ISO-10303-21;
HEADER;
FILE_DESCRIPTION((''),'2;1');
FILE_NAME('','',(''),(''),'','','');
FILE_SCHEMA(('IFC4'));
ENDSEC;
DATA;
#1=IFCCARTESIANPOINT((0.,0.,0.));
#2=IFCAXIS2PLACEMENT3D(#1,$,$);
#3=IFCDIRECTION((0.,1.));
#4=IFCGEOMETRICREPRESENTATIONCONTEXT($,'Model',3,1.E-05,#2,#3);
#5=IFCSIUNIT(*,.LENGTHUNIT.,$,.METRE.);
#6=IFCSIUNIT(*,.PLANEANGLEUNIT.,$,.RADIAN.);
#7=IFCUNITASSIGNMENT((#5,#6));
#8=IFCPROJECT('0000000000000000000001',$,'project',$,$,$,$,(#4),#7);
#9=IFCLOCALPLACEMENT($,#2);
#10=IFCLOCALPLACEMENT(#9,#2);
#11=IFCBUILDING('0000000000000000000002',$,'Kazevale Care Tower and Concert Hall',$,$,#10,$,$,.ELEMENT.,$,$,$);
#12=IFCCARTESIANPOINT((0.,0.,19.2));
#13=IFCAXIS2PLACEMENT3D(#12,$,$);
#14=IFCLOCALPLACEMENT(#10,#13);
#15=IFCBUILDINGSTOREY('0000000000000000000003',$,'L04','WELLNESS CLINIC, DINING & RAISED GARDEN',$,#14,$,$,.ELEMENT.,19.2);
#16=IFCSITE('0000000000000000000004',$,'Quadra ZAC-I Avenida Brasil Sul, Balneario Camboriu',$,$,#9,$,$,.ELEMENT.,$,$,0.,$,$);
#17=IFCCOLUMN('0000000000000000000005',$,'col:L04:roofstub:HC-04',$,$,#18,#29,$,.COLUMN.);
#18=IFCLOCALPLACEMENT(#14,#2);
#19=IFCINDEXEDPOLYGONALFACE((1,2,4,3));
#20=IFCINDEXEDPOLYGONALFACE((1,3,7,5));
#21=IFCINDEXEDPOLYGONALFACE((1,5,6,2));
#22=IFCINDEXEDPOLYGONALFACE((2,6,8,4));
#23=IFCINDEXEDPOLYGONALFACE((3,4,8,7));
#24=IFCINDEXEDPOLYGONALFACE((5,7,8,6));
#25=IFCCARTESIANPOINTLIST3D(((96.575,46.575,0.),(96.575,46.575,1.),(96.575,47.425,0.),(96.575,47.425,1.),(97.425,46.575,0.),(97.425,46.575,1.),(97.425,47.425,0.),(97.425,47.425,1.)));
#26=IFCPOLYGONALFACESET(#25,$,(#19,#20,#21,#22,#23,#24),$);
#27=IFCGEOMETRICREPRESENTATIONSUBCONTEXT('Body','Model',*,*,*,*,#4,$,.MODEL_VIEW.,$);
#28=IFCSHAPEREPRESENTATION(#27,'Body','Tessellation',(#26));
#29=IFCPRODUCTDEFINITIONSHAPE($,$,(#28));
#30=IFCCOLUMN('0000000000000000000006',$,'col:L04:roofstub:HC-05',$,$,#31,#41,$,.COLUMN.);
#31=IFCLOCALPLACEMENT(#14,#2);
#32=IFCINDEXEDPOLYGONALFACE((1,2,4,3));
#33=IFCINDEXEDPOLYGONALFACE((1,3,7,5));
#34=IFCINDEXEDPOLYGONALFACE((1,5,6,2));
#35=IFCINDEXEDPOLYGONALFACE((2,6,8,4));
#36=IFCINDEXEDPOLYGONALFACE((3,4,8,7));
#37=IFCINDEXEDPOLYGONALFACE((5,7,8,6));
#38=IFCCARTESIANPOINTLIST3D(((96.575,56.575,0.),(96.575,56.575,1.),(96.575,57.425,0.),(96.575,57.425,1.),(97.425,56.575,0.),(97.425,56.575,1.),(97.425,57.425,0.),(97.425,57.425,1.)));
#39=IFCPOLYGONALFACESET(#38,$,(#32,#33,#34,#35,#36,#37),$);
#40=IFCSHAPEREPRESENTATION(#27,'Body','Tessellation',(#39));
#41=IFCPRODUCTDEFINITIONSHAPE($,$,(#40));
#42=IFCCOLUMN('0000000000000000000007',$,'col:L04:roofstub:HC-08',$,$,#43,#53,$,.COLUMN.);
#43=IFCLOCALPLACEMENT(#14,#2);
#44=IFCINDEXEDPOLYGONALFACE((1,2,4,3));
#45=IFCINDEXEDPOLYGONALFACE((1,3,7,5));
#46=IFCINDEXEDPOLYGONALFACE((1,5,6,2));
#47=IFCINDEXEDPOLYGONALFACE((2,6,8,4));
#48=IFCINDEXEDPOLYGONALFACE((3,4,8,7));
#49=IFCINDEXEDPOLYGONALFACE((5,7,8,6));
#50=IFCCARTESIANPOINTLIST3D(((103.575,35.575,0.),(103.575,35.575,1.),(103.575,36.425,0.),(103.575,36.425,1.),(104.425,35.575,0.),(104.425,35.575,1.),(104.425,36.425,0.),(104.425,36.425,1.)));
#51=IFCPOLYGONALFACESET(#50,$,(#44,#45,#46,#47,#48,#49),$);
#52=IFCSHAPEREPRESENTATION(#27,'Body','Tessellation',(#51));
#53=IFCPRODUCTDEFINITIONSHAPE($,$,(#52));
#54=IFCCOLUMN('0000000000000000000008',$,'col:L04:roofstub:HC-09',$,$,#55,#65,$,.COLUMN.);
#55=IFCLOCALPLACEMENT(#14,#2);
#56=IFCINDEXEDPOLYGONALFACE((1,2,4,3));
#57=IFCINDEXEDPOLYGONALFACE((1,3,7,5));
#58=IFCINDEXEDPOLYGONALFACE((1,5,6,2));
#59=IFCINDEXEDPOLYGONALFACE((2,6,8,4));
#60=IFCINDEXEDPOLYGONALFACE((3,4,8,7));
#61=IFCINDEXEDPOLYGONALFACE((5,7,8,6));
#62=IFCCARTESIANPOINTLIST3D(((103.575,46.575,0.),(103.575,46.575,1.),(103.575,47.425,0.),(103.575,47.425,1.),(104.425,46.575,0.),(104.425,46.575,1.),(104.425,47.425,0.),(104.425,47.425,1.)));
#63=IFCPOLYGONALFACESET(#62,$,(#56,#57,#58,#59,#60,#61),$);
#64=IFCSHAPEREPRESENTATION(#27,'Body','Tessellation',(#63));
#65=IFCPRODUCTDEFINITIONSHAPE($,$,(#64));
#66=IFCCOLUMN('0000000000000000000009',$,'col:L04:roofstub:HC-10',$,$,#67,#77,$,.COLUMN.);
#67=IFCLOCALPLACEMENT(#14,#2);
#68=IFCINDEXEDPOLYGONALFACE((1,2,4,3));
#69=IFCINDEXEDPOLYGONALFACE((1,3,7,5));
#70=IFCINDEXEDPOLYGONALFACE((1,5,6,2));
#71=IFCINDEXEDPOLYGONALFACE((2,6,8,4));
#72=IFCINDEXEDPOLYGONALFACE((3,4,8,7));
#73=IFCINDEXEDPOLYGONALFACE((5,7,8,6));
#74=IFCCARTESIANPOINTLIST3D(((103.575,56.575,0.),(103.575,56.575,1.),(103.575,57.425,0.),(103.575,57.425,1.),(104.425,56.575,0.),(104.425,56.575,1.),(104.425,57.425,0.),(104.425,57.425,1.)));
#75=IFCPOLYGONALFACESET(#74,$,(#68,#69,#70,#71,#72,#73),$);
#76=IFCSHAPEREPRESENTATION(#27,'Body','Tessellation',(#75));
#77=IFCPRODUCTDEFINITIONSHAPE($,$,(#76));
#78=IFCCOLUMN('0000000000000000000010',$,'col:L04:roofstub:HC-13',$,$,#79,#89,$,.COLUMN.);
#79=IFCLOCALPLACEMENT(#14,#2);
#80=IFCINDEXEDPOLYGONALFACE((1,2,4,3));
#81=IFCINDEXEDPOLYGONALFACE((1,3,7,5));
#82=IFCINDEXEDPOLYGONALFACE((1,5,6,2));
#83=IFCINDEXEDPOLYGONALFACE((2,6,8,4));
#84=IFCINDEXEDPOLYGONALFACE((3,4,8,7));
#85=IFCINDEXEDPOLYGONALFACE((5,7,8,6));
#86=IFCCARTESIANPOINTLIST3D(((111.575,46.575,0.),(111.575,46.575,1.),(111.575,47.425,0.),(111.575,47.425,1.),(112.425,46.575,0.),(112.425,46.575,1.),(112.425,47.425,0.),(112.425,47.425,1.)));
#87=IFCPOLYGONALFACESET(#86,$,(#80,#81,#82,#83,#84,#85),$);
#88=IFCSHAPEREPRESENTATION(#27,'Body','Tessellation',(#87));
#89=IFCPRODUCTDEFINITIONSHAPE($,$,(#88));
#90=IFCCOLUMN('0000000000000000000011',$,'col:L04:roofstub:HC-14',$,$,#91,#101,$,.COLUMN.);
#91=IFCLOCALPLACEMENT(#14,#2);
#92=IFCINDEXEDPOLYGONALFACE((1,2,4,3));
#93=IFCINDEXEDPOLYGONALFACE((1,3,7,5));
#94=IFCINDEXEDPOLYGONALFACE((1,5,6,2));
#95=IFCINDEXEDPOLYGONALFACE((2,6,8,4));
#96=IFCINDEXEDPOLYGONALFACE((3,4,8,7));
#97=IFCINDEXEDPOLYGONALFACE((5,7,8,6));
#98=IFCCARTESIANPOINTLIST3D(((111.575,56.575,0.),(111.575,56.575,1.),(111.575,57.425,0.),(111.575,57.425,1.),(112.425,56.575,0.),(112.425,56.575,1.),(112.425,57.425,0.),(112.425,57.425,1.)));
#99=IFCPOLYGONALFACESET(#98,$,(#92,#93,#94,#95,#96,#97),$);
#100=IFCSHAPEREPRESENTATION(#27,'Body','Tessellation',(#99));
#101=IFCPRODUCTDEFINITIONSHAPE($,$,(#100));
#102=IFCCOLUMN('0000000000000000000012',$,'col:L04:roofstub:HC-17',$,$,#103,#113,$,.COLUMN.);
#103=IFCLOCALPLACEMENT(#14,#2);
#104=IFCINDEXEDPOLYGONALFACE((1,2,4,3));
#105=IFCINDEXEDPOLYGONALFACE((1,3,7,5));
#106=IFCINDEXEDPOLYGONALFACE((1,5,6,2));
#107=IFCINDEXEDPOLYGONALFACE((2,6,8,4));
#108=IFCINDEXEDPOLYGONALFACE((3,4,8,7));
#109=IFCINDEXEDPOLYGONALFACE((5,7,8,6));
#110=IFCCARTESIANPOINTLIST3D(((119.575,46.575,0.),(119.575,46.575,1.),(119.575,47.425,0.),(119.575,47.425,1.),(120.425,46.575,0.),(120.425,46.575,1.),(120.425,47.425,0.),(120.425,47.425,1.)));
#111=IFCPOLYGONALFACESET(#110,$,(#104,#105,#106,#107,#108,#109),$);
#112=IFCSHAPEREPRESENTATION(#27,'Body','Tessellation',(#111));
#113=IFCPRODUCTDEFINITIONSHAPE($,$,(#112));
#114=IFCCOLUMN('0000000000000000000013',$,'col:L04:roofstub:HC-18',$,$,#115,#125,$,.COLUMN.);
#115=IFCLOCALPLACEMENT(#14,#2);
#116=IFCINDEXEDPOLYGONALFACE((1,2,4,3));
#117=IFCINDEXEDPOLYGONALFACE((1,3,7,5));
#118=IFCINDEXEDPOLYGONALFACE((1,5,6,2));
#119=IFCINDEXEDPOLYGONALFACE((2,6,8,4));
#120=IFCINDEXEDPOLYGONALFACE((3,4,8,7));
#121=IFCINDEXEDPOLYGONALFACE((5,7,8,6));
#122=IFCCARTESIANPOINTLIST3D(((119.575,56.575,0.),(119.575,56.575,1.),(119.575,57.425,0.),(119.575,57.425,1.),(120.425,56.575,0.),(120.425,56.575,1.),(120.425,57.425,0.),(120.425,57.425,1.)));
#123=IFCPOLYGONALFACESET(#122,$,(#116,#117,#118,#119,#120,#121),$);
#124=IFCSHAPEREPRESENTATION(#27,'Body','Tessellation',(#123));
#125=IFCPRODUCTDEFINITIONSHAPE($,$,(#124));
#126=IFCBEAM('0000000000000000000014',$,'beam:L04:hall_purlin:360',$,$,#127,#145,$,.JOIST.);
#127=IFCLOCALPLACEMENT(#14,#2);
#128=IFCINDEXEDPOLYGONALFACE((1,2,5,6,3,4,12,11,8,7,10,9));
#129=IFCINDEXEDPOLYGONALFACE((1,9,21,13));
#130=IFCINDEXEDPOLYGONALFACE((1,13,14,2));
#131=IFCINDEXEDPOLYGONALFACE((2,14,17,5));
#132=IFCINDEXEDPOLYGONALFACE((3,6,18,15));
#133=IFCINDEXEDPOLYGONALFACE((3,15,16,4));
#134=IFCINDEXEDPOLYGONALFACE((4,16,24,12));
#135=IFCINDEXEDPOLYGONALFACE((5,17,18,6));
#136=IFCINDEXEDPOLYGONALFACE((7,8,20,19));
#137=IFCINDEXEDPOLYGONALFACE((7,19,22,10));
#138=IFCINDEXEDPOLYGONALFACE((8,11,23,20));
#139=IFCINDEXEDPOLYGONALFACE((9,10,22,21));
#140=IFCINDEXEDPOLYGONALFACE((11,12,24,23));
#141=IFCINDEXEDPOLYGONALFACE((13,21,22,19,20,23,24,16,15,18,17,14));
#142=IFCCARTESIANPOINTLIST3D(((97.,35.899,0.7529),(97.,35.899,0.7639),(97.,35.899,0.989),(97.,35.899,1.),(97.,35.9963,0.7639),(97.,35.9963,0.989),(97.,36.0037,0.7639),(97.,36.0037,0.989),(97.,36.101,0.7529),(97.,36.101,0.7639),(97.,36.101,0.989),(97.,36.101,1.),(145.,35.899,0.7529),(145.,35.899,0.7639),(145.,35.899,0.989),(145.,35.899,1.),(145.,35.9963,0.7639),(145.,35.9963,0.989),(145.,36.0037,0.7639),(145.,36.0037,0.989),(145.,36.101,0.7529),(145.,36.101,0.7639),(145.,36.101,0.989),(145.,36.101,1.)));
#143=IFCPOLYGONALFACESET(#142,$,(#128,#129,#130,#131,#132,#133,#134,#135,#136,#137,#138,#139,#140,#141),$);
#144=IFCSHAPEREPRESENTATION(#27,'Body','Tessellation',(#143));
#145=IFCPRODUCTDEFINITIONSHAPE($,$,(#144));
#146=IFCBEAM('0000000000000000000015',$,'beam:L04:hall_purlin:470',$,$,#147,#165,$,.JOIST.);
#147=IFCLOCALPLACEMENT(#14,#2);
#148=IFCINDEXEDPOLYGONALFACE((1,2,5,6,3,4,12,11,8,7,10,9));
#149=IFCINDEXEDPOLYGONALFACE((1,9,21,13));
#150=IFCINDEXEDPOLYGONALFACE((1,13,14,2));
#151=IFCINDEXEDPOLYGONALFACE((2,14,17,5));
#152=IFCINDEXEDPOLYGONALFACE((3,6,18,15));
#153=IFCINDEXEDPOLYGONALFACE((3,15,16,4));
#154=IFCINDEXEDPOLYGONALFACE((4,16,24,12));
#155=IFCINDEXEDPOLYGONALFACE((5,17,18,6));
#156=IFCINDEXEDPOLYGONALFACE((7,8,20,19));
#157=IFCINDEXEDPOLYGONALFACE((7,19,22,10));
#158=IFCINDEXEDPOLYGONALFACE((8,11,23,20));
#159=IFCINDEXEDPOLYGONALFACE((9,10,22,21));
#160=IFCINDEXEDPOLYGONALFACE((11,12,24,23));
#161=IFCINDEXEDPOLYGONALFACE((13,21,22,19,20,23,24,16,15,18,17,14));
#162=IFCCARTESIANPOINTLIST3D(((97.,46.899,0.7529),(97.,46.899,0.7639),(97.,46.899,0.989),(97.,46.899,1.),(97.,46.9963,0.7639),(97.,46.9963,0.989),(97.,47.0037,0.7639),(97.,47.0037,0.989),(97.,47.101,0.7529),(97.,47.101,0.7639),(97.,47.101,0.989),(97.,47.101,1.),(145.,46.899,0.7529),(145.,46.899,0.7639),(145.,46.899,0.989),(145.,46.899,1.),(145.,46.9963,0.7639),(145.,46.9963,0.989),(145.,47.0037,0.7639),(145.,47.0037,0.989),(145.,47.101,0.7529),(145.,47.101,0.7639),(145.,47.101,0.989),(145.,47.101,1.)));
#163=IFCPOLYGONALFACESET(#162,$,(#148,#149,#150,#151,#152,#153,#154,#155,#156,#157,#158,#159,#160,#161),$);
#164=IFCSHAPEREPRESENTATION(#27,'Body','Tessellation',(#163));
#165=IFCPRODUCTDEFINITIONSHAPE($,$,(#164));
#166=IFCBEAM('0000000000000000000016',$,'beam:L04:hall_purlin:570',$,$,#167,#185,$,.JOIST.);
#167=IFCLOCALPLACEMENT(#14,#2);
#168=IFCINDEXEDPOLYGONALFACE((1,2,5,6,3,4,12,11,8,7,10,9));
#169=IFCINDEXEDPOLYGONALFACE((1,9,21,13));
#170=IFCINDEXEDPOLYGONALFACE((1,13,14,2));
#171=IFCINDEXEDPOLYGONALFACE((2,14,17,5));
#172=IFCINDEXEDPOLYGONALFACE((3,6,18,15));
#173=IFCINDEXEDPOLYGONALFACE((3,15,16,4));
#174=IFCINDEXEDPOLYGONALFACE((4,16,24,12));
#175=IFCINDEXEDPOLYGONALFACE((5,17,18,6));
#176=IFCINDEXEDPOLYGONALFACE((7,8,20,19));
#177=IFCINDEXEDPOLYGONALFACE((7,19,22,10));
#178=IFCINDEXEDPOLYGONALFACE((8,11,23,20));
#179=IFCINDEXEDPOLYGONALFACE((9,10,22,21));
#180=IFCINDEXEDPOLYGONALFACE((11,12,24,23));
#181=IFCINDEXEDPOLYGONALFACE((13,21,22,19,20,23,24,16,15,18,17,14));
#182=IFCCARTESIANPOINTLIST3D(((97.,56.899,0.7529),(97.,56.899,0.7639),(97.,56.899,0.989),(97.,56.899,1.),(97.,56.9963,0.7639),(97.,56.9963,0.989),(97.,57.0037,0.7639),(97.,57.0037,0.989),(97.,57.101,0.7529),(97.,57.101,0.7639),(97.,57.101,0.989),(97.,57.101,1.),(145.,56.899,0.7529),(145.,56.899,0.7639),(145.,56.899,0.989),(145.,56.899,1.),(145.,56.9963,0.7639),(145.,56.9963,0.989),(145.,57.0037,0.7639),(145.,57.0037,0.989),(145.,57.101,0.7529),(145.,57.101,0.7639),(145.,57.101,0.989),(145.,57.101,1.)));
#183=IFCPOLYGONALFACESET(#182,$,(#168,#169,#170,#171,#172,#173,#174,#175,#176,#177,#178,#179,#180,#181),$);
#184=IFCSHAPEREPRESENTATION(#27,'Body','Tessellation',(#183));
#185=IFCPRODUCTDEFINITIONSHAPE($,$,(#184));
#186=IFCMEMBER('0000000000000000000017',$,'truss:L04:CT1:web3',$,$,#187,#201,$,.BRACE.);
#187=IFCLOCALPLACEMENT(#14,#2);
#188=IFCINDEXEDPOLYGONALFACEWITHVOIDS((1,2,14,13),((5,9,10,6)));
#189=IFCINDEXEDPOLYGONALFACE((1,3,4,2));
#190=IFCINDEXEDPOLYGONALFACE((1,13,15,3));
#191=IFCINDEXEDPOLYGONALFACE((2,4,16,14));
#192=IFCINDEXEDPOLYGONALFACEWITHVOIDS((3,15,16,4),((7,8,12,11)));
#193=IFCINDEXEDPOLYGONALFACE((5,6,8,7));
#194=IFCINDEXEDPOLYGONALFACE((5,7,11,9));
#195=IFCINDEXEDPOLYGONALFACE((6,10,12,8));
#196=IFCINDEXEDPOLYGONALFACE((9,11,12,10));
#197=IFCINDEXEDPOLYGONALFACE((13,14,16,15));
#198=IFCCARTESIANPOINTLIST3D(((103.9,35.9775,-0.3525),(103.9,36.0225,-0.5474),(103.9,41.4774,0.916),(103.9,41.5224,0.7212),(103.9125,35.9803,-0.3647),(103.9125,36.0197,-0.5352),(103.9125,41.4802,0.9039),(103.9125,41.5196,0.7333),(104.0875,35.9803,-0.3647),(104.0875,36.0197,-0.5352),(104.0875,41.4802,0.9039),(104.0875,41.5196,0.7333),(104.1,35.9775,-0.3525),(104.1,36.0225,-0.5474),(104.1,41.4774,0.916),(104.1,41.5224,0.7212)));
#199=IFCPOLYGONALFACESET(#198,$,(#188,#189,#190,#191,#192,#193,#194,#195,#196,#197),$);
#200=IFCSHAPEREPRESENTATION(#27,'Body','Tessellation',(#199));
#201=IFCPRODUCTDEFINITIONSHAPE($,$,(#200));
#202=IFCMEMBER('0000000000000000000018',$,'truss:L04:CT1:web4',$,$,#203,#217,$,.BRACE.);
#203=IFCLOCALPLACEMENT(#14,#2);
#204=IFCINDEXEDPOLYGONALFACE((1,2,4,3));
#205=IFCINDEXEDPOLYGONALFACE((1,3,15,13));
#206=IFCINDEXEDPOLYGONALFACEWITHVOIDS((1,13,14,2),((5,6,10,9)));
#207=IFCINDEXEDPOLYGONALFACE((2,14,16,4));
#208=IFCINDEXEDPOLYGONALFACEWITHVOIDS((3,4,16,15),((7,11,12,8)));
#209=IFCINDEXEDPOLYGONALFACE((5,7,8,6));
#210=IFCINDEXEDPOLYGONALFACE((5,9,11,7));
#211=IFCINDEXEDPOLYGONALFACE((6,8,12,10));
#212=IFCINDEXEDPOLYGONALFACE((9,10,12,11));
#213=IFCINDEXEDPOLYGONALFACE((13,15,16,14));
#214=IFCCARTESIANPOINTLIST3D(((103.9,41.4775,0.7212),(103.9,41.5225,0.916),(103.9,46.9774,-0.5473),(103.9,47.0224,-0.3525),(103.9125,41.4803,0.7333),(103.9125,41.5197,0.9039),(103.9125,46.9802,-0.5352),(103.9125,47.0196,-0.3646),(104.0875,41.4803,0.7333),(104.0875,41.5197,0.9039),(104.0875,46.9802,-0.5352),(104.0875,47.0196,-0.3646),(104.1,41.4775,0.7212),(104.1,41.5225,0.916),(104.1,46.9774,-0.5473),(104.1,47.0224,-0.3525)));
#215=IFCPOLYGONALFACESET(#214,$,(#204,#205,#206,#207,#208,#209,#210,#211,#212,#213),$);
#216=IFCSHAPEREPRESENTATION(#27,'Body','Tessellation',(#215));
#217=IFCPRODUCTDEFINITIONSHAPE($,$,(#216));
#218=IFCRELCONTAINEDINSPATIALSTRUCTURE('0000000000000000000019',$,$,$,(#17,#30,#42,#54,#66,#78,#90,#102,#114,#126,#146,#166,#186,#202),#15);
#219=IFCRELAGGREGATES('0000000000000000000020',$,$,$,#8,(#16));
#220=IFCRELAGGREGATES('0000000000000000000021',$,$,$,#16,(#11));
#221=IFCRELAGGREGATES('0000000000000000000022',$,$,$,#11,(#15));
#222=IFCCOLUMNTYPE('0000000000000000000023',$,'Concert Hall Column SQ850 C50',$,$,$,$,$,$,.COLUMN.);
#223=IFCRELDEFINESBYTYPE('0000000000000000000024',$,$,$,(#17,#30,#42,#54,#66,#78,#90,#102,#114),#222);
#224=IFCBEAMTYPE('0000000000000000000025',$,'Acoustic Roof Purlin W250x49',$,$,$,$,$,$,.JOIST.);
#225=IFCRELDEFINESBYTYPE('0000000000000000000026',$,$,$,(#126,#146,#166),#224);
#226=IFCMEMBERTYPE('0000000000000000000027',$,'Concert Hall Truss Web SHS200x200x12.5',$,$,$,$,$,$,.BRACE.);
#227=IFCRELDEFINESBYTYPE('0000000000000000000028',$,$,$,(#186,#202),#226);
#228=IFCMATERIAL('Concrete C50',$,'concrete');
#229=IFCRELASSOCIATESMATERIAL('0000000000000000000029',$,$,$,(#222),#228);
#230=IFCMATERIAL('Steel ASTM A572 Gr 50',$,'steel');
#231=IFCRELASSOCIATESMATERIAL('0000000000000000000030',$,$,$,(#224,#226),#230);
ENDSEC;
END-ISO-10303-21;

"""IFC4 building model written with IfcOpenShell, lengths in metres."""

from ifc_helpers import new_model, si_unit, direction, frame, origin, origin_2d, place, context, subcontext, project, spatial, rectangle, hollow_rectangle, i_section, extrude, material, material_profile, profile_set, type_object, element, save


model = new_model("IFC4")

# Units and contexts
model_context = context("Model", 3, precision=1e-05, world=origin(), true_north=direction((0.0, 1.0)))
body_context = subcontext(model_context, "Body", "Model", "MODEL_VIEW")
ifc_project = project(units=[si_unit("LENGTHUNIT", "METRE"), si_unit("PLANEANGLEUNIT", "RADIAN")], contexts=[model_context])

# Site, building, storey
site_placement = place(None, origin())
site = spatial("IfcSite", under=ifc_project, at=site_placement, Name="Quadra ZAC-I Avenida Brasil Sul, Balneario Camboriu", CompositionType="ELEMENT", RefElevation=0.0)
building_placement = place(site_placement, origin())
building = spatial("IfcBuilding", under=site, at=building_placement, Name="Kazevale Care Tower and Concert Hall", CompositionType="ELEMENT")
storey_placement = place(building_placement, frame((0.0, 0.0, 19.2)))
storey = spatial("IfcBuildingStorey", under=building, at=storey_placement, Name="L04", Description="WELLNESS CLINIC, DINING & RAISED GARDEN", CompositionType="ELEMENT", Elevation=19.2)

# Columns
ifc_material_1 = material(Name="Concrete C50", Category="concrete")
ifc_material_profile_1 = material_profile(ifc_material_1, rectangle(XDim=0.8501, YDim=0.8501, at=origin_2d()), Name="RC-SQ850")
ifc_profile_set_1 = profile_set([ifc_material_profile_1], Name="Concrete C50")
column_type = type_object("IfcColumnType", Name="Concert Hall Column SQ850 C50", PredefinedType="COLUMN", material=ifc_profile_set_1)
for number, where, z_axis, x_axis, name in (
    (1, (97.0, 47.0, 0.0), (0.0, 0.0, 1.0), (1.0, 0.0, 0.0), "col:L04:roofstub:HC-04"),
    (2, (97.0, 57.0, 0.0), (0.0, 0.0, 1.0), (1.0, 0.0, 0.0), "col:L04:roofstub:HC-05"),
    (3, (104.0, 36.0, 0.0), (0.0, 0.0, 1.0), (1.0, 0.0, 0.0), "col:L04:roofstub:HC-08"),
    (4, (104.0, 47.0, 0.0), (0.0, 0.0, 1.0), (1.0, 0.0, 0.0), "col:L04:roofstub:HC-09"),
    (5, (104.0, 57.0, 0.0), (0.0, 0.0, 1.0), (1.0, 0.0, 0.0), "col:L04:roofstub:HC-10"),
    (6, (112.0, 47.0, 0.0), (0.0, 0.0, 1.0), (1.0, 0.0, 0.0), "col:L04:roofstub:HC-13"),
    (7, (112.0, 57.0, 0.0), (0.0, 0.0, 1.0), (1.0, 0.0, 0.0), "col:L04:roofstub:HC-14"),
    (8, (120.0, 47.0, 0.0), (0.0, 0.0, 1.0), (1.0, 0.0, 0.0), "col:L04:roofstub:HC-17"),
    (9, (120.0, 57.0, 0.0), (0.0, 0.0, 1.0), (1.0, 0.0, 0.0), "col:L04:roofstub:HC-18"),
):
    element("IfcColumn", number, at=place(storey_placement, frame(where, z_axis=z_axis, x_axis=x_axis)), inside=storey, type_object=column_type, Name=name, PredefinedType="COLUMN", context=body_context, shape_type="SweptSolid", body=[
        extrude(rectangle(XDim=0.8501, YDim=0.8501, at=origin_2d()), origin(), (0.0, 0.0, 1.0), 1.0),
    ])

# Beams
ifc_material_2 = material(Name="Steel ASTM A572 Gr 50", Category="steel")
ifc_material_profile_2 = material_profile(ifc_material_2, i_section(OverallWidth=0.2019, OverallDepth=0.2471, WebThickness=0.0073, FlangeThickness=0.011, at=origin_2d()), Name="W250x49")
ifc_profile_set_2 = profile_set([ifc_material_profile_2], Name="Steel ASTM A572 Gr 50")
beam_type = type_object("IfcBeamType", Name="Acoustic Roof Purlin W250x49", PredefinedType="JOIST", material=ifc_profile_set_2)
for number, where, z_axis, x_axis, name in (
    (10, (97.0, 36.0, 0.8765), (1.0, 0.0, 0.0), (0.0, 1.0, 0.0), "beam:L04:hall_purlin:360"),
    (11, (97.0, 47.0, 0.8765), (1.0, 0.0, 0.0), (0.0, 1.0, 0.0), "beam:L04:hall_purlin:470"),
    (12, (97.0, 57.0, 0.8765), (1.0, 0.0, 0.0), (0.0, 1.0, 0.0), "beam:L04:hall_purlin:570"),
):
    element("IfcBeam", number, at=place(storey_placement, frame(where, z_axis=z_axis, x_axis=x_axis)), inside=storey, type_object=beam_type, Name=name, PredefinedType="JOIST", context=body_context, shape_type="SweptSolid", body=[
        extrude(i_section(OverallWidth=0.2019, OverallDepth=0.2471, WebThickness=0.0073, FlangeThickness=0.011, at=origin_2d()), origin(), (0.0, 0.0, 1.0), 48.0),
    ])

# Members
ifc_material_profile_3 = material_profile(ifc_material_2, hollow_rectangle(XDim=0.2, YDim=0.2, WallThickness=0.0125, at=origin_2d()), Name="SHS200x200x12.5")
ifc_profile_set_3 = profile_set([ifc_material_profile_3], Name="Steel ASTM A572 Gr 50")
member_type = type_object("IfcMemberType", Name="Concert Hall Truss Web SHS200x200x12.5", PredefinedType="BRACE", material=ifc_profile_set_3)
for number, where, z_axis, x_axis, name in (
    (13, (104.0, 36.0, -0.45), (0.0, 0.974417, 0.224746), (-1.0, 0.0, 0.0), "truss:L04:CT1:web3"),
    (14, (104.0, 41.5, 0.8186), (0.0, 0.974417, -0.224746), (-1.0, 0.0, 0.0), "truss:L04:CT1:web4"),
):
    element("IfcMember", number, at=place(storey_placement, frame(where, z_axis=z_axis, x_axis=x_axis)), inside=storey, type_object=member_type, Name=name, PredefinedType="BRACE", context=body_context, shape_type="SweptSolid", body=[
        extrude(hollow_rectangle(XDim=0.2, YDim=0.2, WallThickness=0.0125, at=origin_2d()), origin(), (0.0, 0.0, 1.0), 5.6443),
    ])

save(model, "model.ifc")
